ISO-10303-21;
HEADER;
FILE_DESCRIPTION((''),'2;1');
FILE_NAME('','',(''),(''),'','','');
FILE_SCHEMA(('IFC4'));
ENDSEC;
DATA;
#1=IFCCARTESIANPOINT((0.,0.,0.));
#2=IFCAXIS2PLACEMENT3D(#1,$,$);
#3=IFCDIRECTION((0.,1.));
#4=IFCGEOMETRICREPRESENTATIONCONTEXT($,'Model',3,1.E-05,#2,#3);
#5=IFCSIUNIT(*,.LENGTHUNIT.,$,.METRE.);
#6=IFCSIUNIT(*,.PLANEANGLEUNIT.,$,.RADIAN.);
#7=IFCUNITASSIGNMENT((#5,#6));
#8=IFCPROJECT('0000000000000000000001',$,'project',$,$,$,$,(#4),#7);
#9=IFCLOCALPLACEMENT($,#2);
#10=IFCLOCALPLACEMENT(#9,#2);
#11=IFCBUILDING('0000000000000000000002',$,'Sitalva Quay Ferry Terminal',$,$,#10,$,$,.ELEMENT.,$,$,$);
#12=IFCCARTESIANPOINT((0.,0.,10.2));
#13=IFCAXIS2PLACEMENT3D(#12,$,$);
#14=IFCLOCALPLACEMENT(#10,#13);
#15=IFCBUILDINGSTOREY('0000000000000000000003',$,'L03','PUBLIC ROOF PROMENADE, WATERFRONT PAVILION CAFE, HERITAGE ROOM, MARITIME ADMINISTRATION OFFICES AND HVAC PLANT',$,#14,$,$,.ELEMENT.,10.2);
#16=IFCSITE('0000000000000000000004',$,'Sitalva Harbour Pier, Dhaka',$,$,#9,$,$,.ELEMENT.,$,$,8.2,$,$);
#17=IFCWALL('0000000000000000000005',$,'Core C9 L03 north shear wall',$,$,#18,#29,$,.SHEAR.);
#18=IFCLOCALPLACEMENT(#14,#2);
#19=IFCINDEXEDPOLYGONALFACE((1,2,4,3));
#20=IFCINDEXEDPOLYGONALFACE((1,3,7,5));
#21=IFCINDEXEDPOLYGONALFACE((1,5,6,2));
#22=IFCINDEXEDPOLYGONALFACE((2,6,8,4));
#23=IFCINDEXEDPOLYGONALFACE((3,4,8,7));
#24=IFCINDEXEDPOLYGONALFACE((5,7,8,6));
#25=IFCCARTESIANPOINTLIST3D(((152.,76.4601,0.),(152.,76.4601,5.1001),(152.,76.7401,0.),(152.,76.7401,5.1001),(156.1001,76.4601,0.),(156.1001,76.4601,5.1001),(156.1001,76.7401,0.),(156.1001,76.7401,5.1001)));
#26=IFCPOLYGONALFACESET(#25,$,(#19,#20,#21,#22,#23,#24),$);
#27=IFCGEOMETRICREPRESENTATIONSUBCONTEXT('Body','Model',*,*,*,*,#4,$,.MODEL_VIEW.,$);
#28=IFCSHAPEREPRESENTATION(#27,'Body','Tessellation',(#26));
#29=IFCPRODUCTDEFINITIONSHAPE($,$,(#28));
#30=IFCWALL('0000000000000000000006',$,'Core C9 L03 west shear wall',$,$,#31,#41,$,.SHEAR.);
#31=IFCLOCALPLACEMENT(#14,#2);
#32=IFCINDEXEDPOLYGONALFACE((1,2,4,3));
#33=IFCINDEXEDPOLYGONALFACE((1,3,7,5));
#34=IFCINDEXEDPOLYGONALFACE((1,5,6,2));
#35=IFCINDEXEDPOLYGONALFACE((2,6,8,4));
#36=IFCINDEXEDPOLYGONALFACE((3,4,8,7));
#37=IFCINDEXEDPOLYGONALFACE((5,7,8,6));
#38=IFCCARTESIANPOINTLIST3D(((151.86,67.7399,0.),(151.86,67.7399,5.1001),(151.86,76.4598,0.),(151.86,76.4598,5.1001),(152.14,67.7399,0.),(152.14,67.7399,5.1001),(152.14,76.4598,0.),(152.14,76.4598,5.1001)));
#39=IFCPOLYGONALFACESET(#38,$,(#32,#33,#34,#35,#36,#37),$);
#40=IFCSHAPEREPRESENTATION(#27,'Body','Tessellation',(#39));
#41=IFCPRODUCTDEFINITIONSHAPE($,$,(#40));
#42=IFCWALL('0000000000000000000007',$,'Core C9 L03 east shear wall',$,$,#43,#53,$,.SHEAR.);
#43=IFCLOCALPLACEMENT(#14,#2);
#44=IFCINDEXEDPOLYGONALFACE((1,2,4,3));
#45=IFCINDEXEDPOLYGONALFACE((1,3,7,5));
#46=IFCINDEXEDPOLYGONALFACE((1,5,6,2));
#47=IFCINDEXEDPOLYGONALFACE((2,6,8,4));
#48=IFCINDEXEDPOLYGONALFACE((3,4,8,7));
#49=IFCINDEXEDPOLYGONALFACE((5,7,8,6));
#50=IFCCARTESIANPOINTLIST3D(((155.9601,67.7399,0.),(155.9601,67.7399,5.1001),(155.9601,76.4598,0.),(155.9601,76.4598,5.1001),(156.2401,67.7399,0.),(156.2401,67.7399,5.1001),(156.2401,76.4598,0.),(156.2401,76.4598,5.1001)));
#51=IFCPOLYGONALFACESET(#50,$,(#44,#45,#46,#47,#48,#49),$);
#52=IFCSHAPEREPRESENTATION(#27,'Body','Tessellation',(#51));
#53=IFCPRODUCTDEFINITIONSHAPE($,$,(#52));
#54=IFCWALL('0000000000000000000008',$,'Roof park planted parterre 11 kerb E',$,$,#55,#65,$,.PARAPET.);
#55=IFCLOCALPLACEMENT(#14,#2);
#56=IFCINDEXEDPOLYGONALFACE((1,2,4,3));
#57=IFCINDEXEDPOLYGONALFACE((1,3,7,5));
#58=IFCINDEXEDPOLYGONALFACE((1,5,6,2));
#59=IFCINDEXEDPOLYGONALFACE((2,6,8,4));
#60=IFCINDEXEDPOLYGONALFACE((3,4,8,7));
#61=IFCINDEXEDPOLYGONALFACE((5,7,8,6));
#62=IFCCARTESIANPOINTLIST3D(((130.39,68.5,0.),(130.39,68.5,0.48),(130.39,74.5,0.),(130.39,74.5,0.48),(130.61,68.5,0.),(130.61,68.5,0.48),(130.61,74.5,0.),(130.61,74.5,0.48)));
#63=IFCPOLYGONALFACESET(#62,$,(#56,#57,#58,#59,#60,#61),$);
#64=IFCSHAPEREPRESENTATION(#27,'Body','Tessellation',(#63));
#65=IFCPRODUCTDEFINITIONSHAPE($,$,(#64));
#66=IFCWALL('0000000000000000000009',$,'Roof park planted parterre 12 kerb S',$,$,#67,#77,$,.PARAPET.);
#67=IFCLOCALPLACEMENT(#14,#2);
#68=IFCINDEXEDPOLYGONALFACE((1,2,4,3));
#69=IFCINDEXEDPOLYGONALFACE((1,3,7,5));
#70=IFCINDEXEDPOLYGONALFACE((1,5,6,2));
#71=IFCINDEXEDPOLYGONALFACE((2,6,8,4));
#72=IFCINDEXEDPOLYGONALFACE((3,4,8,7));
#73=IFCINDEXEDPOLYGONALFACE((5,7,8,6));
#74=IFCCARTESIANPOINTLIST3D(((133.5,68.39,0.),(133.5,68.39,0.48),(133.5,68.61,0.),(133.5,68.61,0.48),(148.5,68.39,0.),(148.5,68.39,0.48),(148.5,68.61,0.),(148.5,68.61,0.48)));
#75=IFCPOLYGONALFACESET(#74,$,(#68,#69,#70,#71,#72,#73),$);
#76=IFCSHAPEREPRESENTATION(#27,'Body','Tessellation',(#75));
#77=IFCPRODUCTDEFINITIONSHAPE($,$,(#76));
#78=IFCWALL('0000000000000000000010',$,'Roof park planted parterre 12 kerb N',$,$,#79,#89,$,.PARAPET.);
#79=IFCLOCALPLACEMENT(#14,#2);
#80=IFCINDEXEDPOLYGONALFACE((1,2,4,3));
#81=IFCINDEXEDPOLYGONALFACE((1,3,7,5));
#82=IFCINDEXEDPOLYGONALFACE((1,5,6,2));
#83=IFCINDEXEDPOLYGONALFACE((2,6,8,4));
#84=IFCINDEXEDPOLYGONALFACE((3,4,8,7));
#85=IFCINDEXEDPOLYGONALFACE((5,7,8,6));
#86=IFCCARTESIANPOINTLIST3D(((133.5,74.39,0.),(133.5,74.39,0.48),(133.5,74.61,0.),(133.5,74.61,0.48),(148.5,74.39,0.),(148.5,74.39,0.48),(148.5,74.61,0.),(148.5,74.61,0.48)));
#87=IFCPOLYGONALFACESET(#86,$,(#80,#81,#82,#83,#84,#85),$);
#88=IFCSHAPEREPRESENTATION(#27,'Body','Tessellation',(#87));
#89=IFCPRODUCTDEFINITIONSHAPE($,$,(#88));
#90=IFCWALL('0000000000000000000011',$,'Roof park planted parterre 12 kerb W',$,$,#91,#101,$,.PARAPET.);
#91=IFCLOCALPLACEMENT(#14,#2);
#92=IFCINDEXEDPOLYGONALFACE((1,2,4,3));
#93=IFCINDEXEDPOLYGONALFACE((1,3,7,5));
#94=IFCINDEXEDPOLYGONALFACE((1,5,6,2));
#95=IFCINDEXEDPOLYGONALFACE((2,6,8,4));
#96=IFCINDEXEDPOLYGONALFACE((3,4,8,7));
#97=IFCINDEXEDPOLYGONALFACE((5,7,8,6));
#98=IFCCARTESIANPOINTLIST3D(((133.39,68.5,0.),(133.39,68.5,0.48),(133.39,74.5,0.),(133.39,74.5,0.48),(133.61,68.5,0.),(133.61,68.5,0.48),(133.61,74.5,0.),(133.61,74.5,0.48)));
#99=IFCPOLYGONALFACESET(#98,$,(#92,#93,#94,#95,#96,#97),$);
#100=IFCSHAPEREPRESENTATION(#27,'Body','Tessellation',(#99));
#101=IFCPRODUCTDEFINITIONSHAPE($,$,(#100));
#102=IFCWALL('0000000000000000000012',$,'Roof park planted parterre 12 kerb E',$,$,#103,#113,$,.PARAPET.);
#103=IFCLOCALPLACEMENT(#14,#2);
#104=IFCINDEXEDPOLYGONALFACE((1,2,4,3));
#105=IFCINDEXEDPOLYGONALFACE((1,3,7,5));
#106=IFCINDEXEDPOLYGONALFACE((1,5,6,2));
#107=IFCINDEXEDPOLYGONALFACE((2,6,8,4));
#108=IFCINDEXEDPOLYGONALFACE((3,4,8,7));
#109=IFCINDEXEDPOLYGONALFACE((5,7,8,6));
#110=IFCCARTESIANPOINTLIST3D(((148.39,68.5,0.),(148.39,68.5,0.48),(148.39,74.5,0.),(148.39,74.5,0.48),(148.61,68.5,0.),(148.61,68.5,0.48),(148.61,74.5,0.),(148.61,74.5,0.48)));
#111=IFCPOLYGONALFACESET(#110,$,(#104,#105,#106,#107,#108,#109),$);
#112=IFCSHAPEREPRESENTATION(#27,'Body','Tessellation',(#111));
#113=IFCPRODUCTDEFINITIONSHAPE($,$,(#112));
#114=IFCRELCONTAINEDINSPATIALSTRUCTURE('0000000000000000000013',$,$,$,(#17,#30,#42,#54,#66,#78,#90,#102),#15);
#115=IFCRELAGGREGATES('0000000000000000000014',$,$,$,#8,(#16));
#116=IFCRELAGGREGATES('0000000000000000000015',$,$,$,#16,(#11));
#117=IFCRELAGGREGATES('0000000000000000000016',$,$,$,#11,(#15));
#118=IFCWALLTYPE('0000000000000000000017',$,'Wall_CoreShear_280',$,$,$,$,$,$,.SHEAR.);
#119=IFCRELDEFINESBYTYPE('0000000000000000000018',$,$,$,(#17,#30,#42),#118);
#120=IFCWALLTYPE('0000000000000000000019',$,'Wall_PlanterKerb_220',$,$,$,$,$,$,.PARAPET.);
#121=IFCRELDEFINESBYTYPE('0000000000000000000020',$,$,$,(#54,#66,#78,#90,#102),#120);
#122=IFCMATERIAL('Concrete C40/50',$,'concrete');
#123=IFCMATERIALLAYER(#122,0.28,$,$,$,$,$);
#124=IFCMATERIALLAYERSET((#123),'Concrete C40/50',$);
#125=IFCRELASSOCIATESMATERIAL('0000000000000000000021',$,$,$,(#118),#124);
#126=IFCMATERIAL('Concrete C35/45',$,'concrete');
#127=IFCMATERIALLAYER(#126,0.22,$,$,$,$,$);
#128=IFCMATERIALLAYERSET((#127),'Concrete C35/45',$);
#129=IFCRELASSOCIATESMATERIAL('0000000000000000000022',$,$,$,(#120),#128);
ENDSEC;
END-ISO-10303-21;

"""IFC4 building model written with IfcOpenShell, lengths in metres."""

from ifc_helpers import new_model, si_unit, direction, frame, frame_2d, origin, place, context, subcontext, project, spatial, rectangle, extrude, material, layer, layer_set, type_object, element, save


model = new_model("IFC4")

# Units and contexts
model_context = context("Model", 3, precision=1e-05, world=origin(), true_north=direction((0.0, 1.0)))
body_context = subcontext(model_context, "Body", "Model", "MODEL_VIEW")
ifc_project = project(units=[si_unit("LENGTHUNIT", "METRE"), si_unit("PLANEANGLEUNIT", "RADIAN")], contexts=[model_context])

# Site, building, storey
site_placement = place(None, origin())
site = spatial("IfcSite", under=ifc_project, at=site_placement, Name="Sitalva Harbour Pier, Dhaka", CompositionType="ELEMENT", RefElevation=8.2)
building_placement = place(site_placement, origin())
building = spatial("IfcBuilding", under=site, at=building_placement, Name="Sitalva Quay Ferry Terminal", CompositionType="ELEMENT")
storey_placement = place(building_placement, frame((0.0, 0.0, 10.2)))
storey = spatial("IfcBuildingStorey", under=building, at=storey_placement, Name="L03", Description="PUBLIC ROOF PROMENADE, WATERFRONT PAVILION CAFE, HERITAGE ROOM, MARITIME ADMINISTRATION OFFICES AND HVAC PLANT", CompositionType="ELEMENT", Elevation=10.2)

# Shared definitions
ifc_material_1 = material(Name="Concrete C40/50", Category="concrete")
ifc_layer_1 = layer(ifc_material_1, 0.28)
ifc_layer_set_1 = layer_set([ifc_layer_1], Name="Concrete C40/50")
wall_type_1 = type_object("IfcWallType", Name="Wall_CoreShear_280", PredefinedType="SHEAR", material=ifc_layer_set_1)

# Walls
wall_1_placement = place(storey_placement, frame((152.0, 76.6001, 0.0), z_axis=(0.0, 0.0, 1.0), x_axis=(1.0, 0.0, 0.0)))
element("IfcWall", 1, at=wall_1_placement, inside=storey, type_object=wall_type_1, Name="Core C9 L03 north shear wall", PredefinedType="SHEAR", context=body_context, shape_type="SweptSolid", body=[
    extrude(rectangle(XDim=4.1001, YDim=0.28, at=frame_2d((2.05, 0.0))), origin(), (0.0, 0.0, 1.0), 5.1001),
])
for number, where, z_axis, x_axis, name in (
    (2, (152.0, 67.74, 0.0), (0.0, 0.0, 1.0), (0.0, 1.0, 0.0), "Core C9 L03 west shear wall"),
    (3, (156.1001, 67.74, 0.0), (0.0, 0.0, 1.0), (0.0, 1.0, 0.0), "Core C9 L03 east shear wall"),
):
    element("IfcWall", number, at=place(storey_placement, frame(where, z_axis=z_axis, x_axis=x_axis)), inside=storey, type_object=wall_type_1, Name=name, PredefinedType="SHEAR", context=body_context, shape_type="SweptSolid", body=[
        extrude(rectangle(XDim=8.72, YDim=0.28, at=frame_2d((4.3599, 0.0))), origin(), (0.0, 0.0, 1.0), 5.1001),
    ])
ifc_material_2 = material(Name="Concrete C35/45", Category="concrete")
ifc_layer_2 = layer(ifc_material_2, 0.22)
ifc_layer_set_2 = layer_set([ifc_layer_2], Name="Concrete C35/45")
wall_type_2 = type_object("IfcWallType", Name="Wall_PlanterKerb_220", PredefinedType="PARAPET", material=ifc_layer_set_2)
wall_2_placement = place(storey_placement, frame((130.5, 68.5, 0.0), z_axis=(0.0, 0.0, 1.0), x_axis=(0.0, 1.0, 0.0)))
element("IfcWall", 4, at=wall_2_placement, inside=storey, type_object=wall_type_2, Name="Roof park planted parterre 11 kerb E", PredefinedType="PARAPET", context=body_context, shape_type="SweptSolid", body=[
    extrude(rectangle(XDim=6.0, YDim=0.22, at=frame_2d((3.0, 0.0))), origin(), (0.0, 0.0, 1.0), 0.48),
])
for number, where, z_axis, x_axis, name in (
    (5, (133.5, 68.5, 0.0), (0.0, 0.0, 1.0), (1.0, 0.0, 0.0), "Roof park planted parterre 12 kerb S"),
    (6, (133.5, 74.5, 0.0), (0.0, 0.0, 1.0), (1.0, 0.0, 0.0), "Roof park planted parterre 12 kerb N"),
):
    element("IfcWall", number, at=place(storey_placement, frame(where, z_axis=z_axis, x_axis=x_axis)), inside=storey, type_object=wall_type_2, Name=name, PredefinedType="PARAPET", context=body_context, shape_type="SweptSolid", body=[
        extrude(rectangle(XDim=15.0, YDim=0.22, at=frame_2d((7.5, 0.0))), origin(), (0.0, 0.0, 1.0), 0.48),
    ])
for number, where, z_axis, x_axis, name in (
    (7, (133.5, 68.5, 0.0), (0.0, 0.0, 1.0), (0.0, 1.0, 0.0), "Roof park planted parterre 12 kerb W"),
    (8, (148.5, 68.5, 0.0), (0.0, 0.0, 1.0), (0.0, 1.0, 0.0), "Roof park planted parterre 12 kerb E"),
):
    element("IfcWall", number, at=place(storey_placement, frame(where, z_axis=z_axis, x_axis=x_axis)), inside=storey, type_object=wall_type_2, Name=name, PredefinedType="PARAPET", context=body_context, shape_type="SweptSolid", body=[
        extrude(rectangle(XDim=6.0, YDim=0.22, at=frame_2d((3.0, 0.0))), origin(), (0.0, 0.0, 1.0), 0.48),
    ])

save(model, "model.ifc")
